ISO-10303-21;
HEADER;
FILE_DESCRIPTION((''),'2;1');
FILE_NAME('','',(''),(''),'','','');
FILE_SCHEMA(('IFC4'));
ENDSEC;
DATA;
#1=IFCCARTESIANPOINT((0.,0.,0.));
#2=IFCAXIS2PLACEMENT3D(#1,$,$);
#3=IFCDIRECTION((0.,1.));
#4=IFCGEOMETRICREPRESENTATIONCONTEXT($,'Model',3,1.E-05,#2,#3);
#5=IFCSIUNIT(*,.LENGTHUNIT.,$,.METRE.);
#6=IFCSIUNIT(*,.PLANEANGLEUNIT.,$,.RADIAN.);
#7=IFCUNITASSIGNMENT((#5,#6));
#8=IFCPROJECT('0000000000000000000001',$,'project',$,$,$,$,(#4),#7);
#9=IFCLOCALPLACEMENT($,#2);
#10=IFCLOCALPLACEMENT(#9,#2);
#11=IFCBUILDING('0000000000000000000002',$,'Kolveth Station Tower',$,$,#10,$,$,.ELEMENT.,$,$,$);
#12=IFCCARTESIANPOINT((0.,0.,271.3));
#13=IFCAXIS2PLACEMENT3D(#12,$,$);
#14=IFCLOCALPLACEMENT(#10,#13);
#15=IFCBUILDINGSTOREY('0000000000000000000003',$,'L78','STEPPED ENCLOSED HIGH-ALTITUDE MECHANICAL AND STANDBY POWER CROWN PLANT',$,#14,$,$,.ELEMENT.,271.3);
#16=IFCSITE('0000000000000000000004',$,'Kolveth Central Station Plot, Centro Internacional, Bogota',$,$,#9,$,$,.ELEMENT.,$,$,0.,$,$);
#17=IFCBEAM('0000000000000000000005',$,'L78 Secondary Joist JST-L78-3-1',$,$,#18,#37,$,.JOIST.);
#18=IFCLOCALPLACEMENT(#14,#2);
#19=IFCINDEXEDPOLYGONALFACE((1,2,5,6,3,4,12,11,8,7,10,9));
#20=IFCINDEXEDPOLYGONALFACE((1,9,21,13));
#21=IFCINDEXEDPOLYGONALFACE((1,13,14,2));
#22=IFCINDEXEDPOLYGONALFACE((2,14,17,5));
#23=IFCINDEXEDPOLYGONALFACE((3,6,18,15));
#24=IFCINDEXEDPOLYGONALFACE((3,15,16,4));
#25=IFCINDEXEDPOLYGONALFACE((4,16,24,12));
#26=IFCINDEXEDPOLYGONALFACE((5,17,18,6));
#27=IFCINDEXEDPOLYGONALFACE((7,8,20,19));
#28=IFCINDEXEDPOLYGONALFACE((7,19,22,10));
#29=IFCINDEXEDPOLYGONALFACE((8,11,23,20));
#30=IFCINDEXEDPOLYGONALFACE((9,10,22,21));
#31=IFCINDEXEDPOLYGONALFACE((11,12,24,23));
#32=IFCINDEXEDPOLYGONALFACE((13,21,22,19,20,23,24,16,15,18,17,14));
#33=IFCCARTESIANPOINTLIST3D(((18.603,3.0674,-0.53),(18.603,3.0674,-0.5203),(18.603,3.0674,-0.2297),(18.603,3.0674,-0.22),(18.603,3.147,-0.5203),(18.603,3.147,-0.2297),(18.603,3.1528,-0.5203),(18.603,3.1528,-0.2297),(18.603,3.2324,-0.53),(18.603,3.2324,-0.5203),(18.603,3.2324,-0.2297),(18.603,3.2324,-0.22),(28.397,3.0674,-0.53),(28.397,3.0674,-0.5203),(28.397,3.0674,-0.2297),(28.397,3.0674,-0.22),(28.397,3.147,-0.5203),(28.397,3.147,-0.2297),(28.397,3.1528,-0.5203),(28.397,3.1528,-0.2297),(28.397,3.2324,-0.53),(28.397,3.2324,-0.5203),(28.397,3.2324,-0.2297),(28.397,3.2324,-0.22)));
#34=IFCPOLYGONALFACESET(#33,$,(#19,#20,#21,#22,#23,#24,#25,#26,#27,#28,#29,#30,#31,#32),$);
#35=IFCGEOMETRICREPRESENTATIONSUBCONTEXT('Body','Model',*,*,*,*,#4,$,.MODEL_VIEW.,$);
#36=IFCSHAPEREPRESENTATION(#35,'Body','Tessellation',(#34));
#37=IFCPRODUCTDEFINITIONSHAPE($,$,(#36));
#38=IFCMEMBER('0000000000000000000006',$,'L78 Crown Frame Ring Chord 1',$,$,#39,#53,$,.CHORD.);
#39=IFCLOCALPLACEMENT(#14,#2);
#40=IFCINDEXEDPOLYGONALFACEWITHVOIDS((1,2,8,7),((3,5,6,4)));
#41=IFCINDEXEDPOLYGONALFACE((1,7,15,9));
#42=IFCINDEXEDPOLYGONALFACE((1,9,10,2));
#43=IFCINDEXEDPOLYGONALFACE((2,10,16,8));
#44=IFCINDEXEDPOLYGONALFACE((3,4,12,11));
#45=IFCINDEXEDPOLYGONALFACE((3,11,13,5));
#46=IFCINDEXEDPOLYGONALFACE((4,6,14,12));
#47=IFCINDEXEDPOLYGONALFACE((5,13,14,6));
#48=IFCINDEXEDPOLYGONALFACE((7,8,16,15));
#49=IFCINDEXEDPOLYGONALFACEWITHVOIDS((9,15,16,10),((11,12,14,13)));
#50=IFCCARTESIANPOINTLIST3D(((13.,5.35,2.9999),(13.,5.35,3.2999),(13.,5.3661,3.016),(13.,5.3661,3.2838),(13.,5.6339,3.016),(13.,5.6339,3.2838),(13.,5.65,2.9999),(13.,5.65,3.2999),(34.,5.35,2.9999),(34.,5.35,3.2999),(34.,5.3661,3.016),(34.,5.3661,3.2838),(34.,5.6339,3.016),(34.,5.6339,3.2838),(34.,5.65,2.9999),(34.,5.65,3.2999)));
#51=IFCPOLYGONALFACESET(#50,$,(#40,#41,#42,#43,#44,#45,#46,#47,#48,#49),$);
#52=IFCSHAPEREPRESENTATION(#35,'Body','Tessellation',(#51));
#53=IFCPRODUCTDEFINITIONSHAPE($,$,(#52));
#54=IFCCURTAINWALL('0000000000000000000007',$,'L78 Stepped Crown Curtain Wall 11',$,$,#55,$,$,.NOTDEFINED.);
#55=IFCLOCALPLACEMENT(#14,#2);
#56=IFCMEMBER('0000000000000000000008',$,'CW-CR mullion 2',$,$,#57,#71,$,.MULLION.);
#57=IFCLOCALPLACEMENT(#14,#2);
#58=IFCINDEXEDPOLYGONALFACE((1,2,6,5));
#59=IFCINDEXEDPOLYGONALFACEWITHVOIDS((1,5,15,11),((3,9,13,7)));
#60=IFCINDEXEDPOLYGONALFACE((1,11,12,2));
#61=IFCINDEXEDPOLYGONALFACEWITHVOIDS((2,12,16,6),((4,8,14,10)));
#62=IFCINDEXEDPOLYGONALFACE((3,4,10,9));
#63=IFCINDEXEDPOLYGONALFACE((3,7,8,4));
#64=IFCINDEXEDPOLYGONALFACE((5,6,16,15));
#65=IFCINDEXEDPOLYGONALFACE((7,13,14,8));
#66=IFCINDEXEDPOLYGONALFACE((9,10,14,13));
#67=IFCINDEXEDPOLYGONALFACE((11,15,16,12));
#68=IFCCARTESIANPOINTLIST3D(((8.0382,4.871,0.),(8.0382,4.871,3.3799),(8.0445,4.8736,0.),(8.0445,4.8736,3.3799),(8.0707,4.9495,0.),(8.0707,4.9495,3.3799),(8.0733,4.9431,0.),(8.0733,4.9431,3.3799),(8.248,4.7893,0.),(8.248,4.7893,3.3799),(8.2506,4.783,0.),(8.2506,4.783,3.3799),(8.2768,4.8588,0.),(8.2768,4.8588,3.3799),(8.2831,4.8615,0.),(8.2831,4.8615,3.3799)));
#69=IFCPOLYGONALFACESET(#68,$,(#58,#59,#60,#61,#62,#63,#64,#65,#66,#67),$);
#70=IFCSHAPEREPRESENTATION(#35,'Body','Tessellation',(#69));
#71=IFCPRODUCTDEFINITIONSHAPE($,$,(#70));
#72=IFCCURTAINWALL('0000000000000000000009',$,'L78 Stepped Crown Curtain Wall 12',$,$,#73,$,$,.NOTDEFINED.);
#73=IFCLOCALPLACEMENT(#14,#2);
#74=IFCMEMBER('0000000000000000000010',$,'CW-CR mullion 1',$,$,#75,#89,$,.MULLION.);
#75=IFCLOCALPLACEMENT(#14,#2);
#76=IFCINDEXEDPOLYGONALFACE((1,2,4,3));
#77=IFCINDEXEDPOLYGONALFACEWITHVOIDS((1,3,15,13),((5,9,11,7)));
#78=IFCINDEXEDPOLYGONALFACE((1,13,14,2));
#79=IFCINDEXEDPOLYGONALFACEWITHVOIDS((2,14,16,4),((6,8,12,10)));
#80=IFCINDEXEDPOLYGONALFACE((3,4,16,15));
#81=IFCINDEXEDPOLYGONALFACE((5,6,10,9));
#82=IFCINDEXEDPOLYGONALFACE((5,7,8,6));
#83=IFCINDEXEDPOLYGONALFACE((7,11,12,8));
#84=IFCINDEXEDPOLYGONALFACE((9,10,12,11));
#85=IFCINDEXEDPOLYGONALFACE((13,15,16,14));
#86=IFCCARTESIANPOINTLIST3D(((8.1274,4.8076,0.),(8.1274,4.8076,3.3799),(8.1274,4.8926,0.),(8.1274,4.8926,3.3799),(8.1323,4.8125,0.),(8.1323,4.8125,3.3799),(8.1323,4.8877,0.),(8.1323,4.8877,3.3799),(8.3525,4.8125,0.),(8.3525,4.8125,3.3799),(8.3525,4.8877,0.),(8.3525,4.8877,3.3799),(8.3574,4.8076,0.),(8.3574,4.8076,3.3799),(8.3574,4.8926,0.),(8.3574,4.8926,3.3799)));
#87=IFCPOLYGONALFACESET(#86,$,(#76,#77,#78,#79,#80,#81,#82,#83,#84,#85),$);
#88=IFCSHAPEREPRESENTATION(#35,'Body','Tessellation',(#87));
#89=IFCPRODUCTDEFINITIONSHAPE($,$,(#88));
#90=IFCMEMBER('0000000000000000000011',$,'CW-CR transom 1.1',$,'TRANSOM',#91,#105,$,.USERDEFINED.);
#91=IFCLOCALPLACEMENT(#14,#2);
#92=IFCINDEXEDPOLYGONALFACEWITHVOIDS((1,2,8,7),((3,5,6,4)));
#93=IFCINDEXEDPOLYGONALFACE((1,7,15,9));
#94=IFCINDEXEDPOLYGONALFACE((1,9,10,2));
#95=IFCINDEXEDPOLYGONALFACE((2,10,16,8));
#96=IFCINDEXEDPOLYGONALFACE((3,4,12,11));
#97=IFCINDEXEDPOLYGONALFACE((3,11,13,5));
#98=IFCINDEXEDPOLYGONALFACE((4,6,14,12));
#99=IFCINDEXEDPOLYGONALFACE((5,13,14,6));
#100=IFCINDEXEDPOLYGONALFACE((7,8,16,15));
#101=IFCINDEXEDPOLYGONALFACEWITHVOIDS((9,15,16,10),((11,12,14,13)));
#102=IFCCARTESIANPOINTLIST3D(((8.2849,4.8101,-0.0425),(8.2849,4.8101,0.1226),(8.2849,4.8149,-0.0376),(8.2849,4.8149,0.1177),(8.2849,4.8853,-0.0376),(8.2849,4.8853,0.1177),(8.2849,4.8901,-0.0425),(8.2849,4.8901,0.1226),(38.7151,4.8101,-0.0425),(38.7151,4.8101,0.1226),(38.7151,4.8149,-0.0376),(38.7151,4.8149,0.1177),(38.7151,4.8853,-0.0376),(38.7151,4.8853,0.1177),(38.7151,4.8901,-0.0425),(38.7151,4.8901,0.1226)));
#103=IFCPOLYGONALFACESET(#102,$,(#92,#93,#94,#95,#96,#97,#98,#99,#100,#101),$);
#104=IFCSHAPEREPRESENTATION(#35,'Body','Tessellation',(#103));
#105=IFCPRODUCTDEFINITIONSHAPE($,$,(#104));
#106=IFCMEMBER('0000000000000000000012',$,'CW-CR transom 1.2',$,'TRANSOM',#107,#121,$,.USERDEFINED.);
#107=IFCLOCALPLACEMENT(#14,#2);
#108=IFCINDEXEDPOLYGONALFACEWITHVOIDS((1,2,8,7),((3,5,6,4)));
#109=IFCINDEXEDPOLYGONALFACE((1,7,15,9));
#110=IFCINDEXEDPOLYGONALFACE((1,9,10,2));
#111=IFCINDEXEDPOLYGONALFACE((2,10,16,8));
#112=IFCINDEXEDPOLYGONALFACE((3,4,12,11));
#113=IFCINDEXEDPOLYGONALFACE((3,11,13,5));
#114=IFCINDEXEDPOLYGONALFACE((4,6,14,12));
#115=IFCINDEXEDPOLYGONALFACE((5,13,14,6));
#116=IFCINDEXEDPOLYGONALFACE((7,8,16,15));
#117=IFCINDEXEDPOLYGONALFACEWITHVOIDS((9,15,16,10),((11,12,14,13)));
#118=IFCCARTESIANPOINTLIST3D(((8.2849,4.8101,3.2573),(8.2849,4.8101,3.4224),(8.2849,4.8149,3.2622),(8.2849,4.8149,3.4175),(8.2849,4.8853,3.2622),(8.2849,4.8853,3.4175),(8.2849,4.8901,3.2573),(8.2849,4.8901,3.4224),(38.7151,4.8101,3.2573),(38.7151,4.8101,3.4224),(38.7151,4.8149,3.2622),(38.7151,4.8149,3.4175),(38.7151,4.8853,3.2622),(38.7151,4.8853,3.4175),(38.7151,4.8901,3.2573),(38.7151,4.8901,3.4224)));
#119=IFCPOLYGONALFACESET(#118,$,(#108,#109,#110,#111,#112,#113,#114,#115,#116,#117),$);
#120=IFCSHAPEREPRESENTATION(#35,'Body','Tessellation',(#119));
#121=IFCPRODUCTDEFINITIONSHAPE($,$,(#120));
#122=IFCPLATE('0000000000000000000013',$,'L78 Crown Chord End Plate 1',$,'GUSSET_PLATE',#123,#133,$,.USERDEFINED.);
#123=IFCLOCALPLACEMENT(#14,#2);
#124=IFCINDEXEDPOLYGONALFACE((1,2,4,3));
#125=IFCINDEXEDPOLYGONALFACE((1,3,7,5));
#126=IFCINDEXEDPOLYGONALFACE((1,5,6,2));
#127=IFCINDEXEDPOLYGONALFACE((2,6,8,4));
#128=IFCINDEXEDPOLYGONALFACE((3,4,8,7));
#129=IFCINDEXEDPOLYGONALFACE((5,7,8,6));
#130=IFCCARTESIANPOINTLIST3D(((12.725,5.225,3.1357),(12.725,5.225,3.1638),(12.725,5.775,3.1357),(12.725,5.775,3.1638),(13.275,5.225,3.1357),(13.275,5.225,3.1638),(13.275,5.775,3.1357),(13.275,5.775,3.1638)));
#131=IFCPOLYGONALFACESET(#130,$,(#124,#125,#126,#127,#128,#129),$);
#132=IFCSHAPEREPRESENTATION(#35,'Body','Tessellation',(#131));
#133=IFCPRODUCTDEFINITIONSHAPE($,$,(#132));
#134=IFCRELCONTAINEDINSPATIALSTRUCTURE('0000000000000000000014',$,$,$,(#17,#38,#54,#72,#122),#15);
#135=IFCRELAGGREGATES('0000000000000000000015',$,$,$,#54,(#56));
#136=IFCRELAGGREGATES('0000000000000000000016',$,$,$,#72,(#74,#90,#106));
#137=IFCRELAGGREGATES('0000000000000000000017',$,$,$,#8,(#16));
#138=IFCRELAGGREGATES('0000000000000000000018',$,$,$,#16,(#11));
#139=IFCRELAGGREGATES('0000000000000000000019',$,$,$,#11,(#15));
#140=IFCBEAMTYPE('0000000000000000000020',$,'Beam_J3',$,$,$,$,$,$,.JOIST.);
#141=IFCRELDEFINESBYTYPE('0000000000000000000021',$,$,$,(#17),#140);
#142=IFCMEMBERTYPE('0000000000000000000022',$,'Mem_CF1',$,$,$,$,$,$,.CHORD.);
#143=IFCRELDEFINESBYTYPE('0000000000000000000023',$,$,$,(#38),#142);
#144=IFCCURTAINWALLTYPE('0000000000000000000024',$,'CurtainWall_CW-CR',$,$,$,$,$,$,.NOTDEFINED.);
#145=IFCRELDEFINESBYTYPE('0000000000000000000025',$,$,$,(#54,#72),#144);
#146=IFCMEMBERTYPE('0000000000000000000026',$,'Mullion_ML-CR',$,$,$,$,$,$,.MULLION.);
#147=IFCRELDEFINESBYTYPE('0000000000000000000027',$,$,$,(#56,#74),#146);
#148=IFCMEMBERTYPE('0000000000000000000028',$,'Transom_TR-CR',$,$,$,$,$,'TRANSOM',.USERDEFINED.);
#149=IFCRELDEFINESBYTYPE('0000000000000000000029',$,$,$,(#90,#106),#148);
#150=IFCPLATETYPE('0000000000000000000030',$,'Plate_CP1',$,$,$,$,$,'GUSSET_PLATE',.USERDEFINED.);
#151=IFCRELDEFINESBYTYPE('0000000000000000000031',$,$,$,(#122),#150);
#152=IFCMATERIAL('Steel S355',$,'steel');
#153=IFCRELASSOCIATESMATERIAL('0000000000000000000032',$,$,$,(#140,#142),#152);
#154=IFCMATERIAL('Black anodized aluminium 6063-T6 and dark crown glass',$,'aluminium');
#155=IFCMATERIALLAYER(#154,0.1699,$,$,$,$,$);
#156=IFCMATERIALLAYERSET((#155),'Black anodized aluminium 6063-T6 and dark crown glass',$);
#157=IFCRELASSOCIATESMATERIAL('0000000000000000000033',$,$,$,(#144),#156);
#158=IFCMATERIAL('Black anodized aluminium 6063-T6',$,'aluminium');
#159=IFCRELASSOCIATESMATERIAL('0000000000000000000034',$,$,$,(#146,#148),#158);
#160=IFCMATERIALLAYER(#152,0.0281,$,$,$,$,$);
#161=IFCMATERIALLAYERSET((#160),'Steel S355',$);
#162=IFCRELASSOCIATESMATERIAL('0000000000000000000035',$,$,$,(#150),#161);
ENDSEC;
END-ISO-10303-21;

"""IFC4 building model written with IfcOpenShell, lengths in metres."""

from ifc_helpers import new_model, si_unit, direction, frame, origin, origin_2d, place, context, subcontext, project, spatial, rectangle, hollow_rectangle, i_section, extrude, source, transform, mapped, material, layer, layer_set, material_profile, profile_set, type_object, element, aggregate, save


model = new_model("IFC4")

# Units and contexts
model_context = context("Model", 3, precision=1e-05, world=origin(), true_north=direction((0.0, 1.0)))
body_context = subcontext(model_context, "Body", "Model", "MODEL_VIEW")
ifc_project = project(units=[si_unit("LENGTHUNIT", "METRE"), si_unit("PLANEANGLEUNIT", "RADIAN")], contexts=[model_context])

# Site, building, storey
site_placement = place(None, origin())
site = spatial("IfcSite", under=ifc_project, at=site_placement, Name="Kolveth Central Station Plot, Centro Internacional, Bogota", CompositionType="ELEMENT", RefElevation=0.0)
building_placement = place(site_placement, origin())
building = spatial("IfcBuilding", under=site, at=building_placement, Name="Kolveth Station Tower", CompositionType="ELEMENT")
storey_placement = place(building_placement, frame((0.0, 0.0, 271.3)))
storey = spatial("IfcBuildingStorey", under=building, at=storey_placement, Name="L78", Description="STEPPED ENCLOSED HIGH-ALTITUDE MECHANICAL AND STANDBY POWER CROWN PLANT", CompositionType="ELEMENT", Elevation=271.3)

# Shared definitions
ifc_material_1 = material(Name="Steel S355", Category="steel")

# Beam
ifc_material_profile_1 = material_profile(ifc_material_1, i_section(OverallWidth=0.165, OverallDepth=0.3101, WebThickness=0.0059, FlangeThickness=0.0098, at=origin_2d()), Name="W310x39")
ifc_profile_set_1 = profile_set([ifc_material_profile_1], Name="Steel S355")
beam_type_1 = type_object("IfcBeamType", Name="Beam_J3", PredefinedType="JOIST", material=ifc_profile_set_1)
shared_shape_1 = source(origin(), body_context, "Body", "SweptSolid", [
    extrude(i_section(OverallWidth=0.165, OverallDepth=0.3101, WebThickness=0.0059, FlangeThickness=0.0098, at=origin_2d()), origin(), (0.0, 0.0, 1.0), 9.7939),
])
beam_1_placement = place(storey_placement, frame((18.603, 3.1499, -0.375), z_axis=(1.0, 0.0, 0.0), x_axis=(0.0, 1.0, 0.0)))
element("IfcBeam", 1, at=beam_1_placement, inside=storey, type_object=beam_type_1, Name="L78 Secondary Joist JST-L78-3-1", PredefinedType="JOIST", context=body_context, shape_type="MappedRepresentation", body=[
    mapped(shared_shape_1, transform((0.0, 0.0, 0.0), x_axis=(1.0, 0.0, 0.0), y_axis=(0.0, 1.0, 0.0), z_axis=(0.0, 0.0, 1.0), scale=1.0)),
])

# Member
ifc_material_profile_2 = material_profile(ifc_material_1, hollow_rectangle(XDim=0.3, YDim=0.3, WallThickness=0.0161, at=origin_2d()), Name="CROWN-HSS300x300x16")
ifc_profile_set_2 = profile_set([ifc_material_profile_2], Name="Steel S355")
member_type_1 = type_object("IfcMemberType", Name="Mem_CF1", PredefinedType="CHORD", material=ifc_profile_set_2)
shared_shape_2 = source(origin(), body_context, "Body", "SweptSolid", [
    extrude(hollow_rectangle(XDim=0.3, YDim=0.3, WallThickness=0.0161, at=origin_2d()), origin(), (0.0, 0.0, 1.0), 21.0),
])
member_1_placement = place(storey_placement, frame((13.0, 5.5, 3.1499), z_axis=(1.0, 0.0, 0.0), x_axis=(0.0, 1.0, 0.0)))
element("IfcMember", 2, at=member_1_placement, inside=storey, type_object=member_type_1, Name="L78 Crown Frame Ring Chord 1", PredefinedType="CHORD", context=body_context, shape_type="MappedRepresentation", body=[
    mapped(shared_shape_2, transform((0.0, 0.0, 0.0), x_axis=(1.0, 0.0, 0.0), y_axis=(0.0, 1.0, 0.0), z_axis=(0.0, 0.0, 1.0), scale=1.0)),
])

# Curtain wall, member
ifc_material_2 = material(Name="Black anodized aluminium 6063-T6 and dark crown glass", Category="aluminium")
ifc_layer_1 = layer(ifc_material_2, 0.1699)
ifc_layer_set_1 = layer_set([ifc_layer_1], Name="Black anodized aluminium 6063-T6 and dark crown glass")
curtain_wall_type = type_object("IfcCurtainWallType", Name="CurtainWall_CW-CR", PredefinedType="NOTDEFINED", material=ifc_layer_set_1)
curtain_wall_1_placement = place(storey_placement, origin())
curtain_wall_1 = element("IfcCurtainWall", 3, at=curtain_wall_1_placement, inside=storey, type_object=curtain_wall_type, Name="L78 Stepped Crown Curtain Wall 11", PredefinedType="NOTDEFINED")
ifc_material_3 = material(Name="Black anodized aluminium 6063-T6", Category="aluminium")
ifc_material_profile_3 = material_profile(ifc_material_3, hollow_rectangle(XDim=0.085, YDim=0.23, WallThickness=0.0049, at=origin_2d()), Name="ALU-85x230x5")
ifc_profile_set_3 = profile_set([ifc_material_profile_3], Name="Black anodized aluminium 6063-T6")
member_type_2 = type_object("IfcMemberType", Name="Mullion_ML-CR", PredefinedType="MULLION", material=ifc_profile_set_3)
shared_shape_3 = source(origin(), body_context, "Body", "SweptSolid", [
    extrude(hollow_rectangle(XDim=0.085, YDim=0.23, WallThickness=0.0049, at=origin_2d()), origin(), (0.0, 0.0, 1.0), 3.3799),
])
member_2_placement = place(storey_placement, frame((8.1606, 4.8662, 0.0), z_axis=(0.0, 0.0, 1.0), x_axis=(0.382658, 0.92389, 0.0)))
member_2 = element("IfcMember", 4, at=member_2_placement, type_object=member_type_2, Name="CW-CR mullion 2", PredefinedType="MULLION", context=body_context, shape_type="MappedRepresentation", body=[
    mapped(shared_shape_3, transform((0.0, 0.0, 0.0), x_axis=(1.0, 0.0, 0.0), y_axis=(0.0, 1.0, 0.0), z_axis=(0.0, 0.0, 1.0), scale=1.0)),
])
aggregate(curtain_wall_1, [member_2])

# Curtain wall, members
curtain_wall_2_placement = place(storey_placement, origin())
curtain_wall_2 = element("IfcCurtainWall", 5, at=curtain_wall_2_placement, inside=storey, type_object=curtain_wall_type, Name="L78 Stepped Crown Curtain Wall 12", PredefinedType="NOTDEFINED")
member_3_placement = place(storey_placement, frame((8.2424, 4.8501, 0.0), z_axis=(0.0, 0.0, 1.0), x_axis=(0.0, 1.0, 0.0)))
member_3 = element("IfcMember", 6, at=member_3_placement, type_object=member_type_2, Name="CW-CR mullion 1", PredefinedType="MULLION", context=body_context, shape_type="MappedRepresentation", body=[
    mapped(shared_shape_3, transform((0.0, 0.0, 0.0), x_axis=(1.0, 0.0, 0.0), y_axis=(0.0, 1.0, 0.0), z_axis=(0.0, 0.0, 1.0), scale=1.0)),
])
ifc_material_profile_4 = material_profile(ifc_material_3, hollow_rectangle(XDim=0.0801, YDim=0.165, WallThickness=0.0049, at=origin_2d()), Name="ALU-80x165x5")
ifc_profile_set_4 = profile_set([ifc_material_profile_4], Name="Black anodized aluminium 6063-T6")
member_type_3 = type_object("IfcMemberType", Name="Transom_TR-CR", ElementType="TRANSOM", PredefinedType="USERDEFINED", material=ifc_profile_set_4)
shared_shape_4 = source(origin(), body_context, "Body", "SweptSolid", [
    extrude(hollow_rectangle(XDim=0.0801, YDim=0.165, WallThickness=0.0049, at=origin_2d()), origin(), (0.0, 0.0, 1.0), 30.4302),
])
member_4_placement = place(storey_placement, frame((8.2849, 4.8501, 0.04), z_axis=(1.0, 0.0, 0.0), x_axis=(0.0, 1.0, 0.0)))
member_4 = element("IfcMember", 7, at=member_4_placement, type_object=member_type_3, Name="CW-CR transom 1.1", ObjectType="TRANSOM", PredefinedType="USERDEFINED", context=body_context, shape_type="MappedRepresentation", body=[
    mapped(shared_shape_4, transform((0.0, 0.0, 0.0), x_axis=(1.0, 0.0, 0.0), y_axis=(0.0, 1.0, 0.0), z_axis=(0.0, 0.0, 1.0), scale=1.0)),
])
member_5_placement = place(storey_placement, frame((8.2849, 4.8501, 3.3398), z_axis=(1.0, 0.0, 0.0), x_axis=(0.0, 1.0, 0.0)))
member_5 = element("IfcMember", 8, at=member_5_placement, type_object=member_type_3, Name="CW-CR transom 1.2", ObjectType="TRANSOM", PredefinedType="USERDEFINED", context=body_context, shape_type="MappedRepresentation", body=[
    mapped(shared_shape_4, transform((0.0, 0.0, 0.0), x_axis=(1.0, 0.0, 0.0), y_axis=(0.0, 1.0, 0.0), z_axis=(0.0, 0.0, 1.0), scale=1.0)),
])
aggregate(curtain_wall_2, [member_3, member_4, member_5])

# Plate
ifc_layer_2 = layer(ifc_material_1, 0.0281)
ifc_layer_set_2 = layer_set([ifc_layer_2], Name="Steel S355")
plate_type = type_object("IfcPlateType", Name="Plate_CP1", ElementType="GUSSET_PLATE", PredefinedType="USERDEFINED", material=ifc_layer_set_2)
shared_shape_5 = source(origin(), body_context, "Body", "SweptSolid", [
    extrude(rectangle(XDim=0.55, YDim=0.55, at=origin_2d()), origin(), (0.0, 0.0, 1.0), 0.0281),
])
plate_placement = place(storey_placement, frame((13.0, 5.5, 3.1357), z_axis=(0.0, 0.0, 1.0), x_axis=(1.0, 0.0, 0.0)))
element("IfcPlate", 9, at=plate_placement, inside=storey, type_object=plate_type, Name="L78 Crown Chord End Plate 1", ObjectType="GUSSET_PLATE", PredefinedType="USERDEFINED", context=body_context, shape_type="MappedRepresentation", body=[
    mapped(shared_shape_5, transform((0.0, 0.0, 0.0), x_axis=(1.0, 0.0, 0.0), y_axis=(0.0, 1.0, 0.0), z_axis=(0.0, 0.0, 1.0), scale=1.0)),
])

save(model, "model.ifc")
